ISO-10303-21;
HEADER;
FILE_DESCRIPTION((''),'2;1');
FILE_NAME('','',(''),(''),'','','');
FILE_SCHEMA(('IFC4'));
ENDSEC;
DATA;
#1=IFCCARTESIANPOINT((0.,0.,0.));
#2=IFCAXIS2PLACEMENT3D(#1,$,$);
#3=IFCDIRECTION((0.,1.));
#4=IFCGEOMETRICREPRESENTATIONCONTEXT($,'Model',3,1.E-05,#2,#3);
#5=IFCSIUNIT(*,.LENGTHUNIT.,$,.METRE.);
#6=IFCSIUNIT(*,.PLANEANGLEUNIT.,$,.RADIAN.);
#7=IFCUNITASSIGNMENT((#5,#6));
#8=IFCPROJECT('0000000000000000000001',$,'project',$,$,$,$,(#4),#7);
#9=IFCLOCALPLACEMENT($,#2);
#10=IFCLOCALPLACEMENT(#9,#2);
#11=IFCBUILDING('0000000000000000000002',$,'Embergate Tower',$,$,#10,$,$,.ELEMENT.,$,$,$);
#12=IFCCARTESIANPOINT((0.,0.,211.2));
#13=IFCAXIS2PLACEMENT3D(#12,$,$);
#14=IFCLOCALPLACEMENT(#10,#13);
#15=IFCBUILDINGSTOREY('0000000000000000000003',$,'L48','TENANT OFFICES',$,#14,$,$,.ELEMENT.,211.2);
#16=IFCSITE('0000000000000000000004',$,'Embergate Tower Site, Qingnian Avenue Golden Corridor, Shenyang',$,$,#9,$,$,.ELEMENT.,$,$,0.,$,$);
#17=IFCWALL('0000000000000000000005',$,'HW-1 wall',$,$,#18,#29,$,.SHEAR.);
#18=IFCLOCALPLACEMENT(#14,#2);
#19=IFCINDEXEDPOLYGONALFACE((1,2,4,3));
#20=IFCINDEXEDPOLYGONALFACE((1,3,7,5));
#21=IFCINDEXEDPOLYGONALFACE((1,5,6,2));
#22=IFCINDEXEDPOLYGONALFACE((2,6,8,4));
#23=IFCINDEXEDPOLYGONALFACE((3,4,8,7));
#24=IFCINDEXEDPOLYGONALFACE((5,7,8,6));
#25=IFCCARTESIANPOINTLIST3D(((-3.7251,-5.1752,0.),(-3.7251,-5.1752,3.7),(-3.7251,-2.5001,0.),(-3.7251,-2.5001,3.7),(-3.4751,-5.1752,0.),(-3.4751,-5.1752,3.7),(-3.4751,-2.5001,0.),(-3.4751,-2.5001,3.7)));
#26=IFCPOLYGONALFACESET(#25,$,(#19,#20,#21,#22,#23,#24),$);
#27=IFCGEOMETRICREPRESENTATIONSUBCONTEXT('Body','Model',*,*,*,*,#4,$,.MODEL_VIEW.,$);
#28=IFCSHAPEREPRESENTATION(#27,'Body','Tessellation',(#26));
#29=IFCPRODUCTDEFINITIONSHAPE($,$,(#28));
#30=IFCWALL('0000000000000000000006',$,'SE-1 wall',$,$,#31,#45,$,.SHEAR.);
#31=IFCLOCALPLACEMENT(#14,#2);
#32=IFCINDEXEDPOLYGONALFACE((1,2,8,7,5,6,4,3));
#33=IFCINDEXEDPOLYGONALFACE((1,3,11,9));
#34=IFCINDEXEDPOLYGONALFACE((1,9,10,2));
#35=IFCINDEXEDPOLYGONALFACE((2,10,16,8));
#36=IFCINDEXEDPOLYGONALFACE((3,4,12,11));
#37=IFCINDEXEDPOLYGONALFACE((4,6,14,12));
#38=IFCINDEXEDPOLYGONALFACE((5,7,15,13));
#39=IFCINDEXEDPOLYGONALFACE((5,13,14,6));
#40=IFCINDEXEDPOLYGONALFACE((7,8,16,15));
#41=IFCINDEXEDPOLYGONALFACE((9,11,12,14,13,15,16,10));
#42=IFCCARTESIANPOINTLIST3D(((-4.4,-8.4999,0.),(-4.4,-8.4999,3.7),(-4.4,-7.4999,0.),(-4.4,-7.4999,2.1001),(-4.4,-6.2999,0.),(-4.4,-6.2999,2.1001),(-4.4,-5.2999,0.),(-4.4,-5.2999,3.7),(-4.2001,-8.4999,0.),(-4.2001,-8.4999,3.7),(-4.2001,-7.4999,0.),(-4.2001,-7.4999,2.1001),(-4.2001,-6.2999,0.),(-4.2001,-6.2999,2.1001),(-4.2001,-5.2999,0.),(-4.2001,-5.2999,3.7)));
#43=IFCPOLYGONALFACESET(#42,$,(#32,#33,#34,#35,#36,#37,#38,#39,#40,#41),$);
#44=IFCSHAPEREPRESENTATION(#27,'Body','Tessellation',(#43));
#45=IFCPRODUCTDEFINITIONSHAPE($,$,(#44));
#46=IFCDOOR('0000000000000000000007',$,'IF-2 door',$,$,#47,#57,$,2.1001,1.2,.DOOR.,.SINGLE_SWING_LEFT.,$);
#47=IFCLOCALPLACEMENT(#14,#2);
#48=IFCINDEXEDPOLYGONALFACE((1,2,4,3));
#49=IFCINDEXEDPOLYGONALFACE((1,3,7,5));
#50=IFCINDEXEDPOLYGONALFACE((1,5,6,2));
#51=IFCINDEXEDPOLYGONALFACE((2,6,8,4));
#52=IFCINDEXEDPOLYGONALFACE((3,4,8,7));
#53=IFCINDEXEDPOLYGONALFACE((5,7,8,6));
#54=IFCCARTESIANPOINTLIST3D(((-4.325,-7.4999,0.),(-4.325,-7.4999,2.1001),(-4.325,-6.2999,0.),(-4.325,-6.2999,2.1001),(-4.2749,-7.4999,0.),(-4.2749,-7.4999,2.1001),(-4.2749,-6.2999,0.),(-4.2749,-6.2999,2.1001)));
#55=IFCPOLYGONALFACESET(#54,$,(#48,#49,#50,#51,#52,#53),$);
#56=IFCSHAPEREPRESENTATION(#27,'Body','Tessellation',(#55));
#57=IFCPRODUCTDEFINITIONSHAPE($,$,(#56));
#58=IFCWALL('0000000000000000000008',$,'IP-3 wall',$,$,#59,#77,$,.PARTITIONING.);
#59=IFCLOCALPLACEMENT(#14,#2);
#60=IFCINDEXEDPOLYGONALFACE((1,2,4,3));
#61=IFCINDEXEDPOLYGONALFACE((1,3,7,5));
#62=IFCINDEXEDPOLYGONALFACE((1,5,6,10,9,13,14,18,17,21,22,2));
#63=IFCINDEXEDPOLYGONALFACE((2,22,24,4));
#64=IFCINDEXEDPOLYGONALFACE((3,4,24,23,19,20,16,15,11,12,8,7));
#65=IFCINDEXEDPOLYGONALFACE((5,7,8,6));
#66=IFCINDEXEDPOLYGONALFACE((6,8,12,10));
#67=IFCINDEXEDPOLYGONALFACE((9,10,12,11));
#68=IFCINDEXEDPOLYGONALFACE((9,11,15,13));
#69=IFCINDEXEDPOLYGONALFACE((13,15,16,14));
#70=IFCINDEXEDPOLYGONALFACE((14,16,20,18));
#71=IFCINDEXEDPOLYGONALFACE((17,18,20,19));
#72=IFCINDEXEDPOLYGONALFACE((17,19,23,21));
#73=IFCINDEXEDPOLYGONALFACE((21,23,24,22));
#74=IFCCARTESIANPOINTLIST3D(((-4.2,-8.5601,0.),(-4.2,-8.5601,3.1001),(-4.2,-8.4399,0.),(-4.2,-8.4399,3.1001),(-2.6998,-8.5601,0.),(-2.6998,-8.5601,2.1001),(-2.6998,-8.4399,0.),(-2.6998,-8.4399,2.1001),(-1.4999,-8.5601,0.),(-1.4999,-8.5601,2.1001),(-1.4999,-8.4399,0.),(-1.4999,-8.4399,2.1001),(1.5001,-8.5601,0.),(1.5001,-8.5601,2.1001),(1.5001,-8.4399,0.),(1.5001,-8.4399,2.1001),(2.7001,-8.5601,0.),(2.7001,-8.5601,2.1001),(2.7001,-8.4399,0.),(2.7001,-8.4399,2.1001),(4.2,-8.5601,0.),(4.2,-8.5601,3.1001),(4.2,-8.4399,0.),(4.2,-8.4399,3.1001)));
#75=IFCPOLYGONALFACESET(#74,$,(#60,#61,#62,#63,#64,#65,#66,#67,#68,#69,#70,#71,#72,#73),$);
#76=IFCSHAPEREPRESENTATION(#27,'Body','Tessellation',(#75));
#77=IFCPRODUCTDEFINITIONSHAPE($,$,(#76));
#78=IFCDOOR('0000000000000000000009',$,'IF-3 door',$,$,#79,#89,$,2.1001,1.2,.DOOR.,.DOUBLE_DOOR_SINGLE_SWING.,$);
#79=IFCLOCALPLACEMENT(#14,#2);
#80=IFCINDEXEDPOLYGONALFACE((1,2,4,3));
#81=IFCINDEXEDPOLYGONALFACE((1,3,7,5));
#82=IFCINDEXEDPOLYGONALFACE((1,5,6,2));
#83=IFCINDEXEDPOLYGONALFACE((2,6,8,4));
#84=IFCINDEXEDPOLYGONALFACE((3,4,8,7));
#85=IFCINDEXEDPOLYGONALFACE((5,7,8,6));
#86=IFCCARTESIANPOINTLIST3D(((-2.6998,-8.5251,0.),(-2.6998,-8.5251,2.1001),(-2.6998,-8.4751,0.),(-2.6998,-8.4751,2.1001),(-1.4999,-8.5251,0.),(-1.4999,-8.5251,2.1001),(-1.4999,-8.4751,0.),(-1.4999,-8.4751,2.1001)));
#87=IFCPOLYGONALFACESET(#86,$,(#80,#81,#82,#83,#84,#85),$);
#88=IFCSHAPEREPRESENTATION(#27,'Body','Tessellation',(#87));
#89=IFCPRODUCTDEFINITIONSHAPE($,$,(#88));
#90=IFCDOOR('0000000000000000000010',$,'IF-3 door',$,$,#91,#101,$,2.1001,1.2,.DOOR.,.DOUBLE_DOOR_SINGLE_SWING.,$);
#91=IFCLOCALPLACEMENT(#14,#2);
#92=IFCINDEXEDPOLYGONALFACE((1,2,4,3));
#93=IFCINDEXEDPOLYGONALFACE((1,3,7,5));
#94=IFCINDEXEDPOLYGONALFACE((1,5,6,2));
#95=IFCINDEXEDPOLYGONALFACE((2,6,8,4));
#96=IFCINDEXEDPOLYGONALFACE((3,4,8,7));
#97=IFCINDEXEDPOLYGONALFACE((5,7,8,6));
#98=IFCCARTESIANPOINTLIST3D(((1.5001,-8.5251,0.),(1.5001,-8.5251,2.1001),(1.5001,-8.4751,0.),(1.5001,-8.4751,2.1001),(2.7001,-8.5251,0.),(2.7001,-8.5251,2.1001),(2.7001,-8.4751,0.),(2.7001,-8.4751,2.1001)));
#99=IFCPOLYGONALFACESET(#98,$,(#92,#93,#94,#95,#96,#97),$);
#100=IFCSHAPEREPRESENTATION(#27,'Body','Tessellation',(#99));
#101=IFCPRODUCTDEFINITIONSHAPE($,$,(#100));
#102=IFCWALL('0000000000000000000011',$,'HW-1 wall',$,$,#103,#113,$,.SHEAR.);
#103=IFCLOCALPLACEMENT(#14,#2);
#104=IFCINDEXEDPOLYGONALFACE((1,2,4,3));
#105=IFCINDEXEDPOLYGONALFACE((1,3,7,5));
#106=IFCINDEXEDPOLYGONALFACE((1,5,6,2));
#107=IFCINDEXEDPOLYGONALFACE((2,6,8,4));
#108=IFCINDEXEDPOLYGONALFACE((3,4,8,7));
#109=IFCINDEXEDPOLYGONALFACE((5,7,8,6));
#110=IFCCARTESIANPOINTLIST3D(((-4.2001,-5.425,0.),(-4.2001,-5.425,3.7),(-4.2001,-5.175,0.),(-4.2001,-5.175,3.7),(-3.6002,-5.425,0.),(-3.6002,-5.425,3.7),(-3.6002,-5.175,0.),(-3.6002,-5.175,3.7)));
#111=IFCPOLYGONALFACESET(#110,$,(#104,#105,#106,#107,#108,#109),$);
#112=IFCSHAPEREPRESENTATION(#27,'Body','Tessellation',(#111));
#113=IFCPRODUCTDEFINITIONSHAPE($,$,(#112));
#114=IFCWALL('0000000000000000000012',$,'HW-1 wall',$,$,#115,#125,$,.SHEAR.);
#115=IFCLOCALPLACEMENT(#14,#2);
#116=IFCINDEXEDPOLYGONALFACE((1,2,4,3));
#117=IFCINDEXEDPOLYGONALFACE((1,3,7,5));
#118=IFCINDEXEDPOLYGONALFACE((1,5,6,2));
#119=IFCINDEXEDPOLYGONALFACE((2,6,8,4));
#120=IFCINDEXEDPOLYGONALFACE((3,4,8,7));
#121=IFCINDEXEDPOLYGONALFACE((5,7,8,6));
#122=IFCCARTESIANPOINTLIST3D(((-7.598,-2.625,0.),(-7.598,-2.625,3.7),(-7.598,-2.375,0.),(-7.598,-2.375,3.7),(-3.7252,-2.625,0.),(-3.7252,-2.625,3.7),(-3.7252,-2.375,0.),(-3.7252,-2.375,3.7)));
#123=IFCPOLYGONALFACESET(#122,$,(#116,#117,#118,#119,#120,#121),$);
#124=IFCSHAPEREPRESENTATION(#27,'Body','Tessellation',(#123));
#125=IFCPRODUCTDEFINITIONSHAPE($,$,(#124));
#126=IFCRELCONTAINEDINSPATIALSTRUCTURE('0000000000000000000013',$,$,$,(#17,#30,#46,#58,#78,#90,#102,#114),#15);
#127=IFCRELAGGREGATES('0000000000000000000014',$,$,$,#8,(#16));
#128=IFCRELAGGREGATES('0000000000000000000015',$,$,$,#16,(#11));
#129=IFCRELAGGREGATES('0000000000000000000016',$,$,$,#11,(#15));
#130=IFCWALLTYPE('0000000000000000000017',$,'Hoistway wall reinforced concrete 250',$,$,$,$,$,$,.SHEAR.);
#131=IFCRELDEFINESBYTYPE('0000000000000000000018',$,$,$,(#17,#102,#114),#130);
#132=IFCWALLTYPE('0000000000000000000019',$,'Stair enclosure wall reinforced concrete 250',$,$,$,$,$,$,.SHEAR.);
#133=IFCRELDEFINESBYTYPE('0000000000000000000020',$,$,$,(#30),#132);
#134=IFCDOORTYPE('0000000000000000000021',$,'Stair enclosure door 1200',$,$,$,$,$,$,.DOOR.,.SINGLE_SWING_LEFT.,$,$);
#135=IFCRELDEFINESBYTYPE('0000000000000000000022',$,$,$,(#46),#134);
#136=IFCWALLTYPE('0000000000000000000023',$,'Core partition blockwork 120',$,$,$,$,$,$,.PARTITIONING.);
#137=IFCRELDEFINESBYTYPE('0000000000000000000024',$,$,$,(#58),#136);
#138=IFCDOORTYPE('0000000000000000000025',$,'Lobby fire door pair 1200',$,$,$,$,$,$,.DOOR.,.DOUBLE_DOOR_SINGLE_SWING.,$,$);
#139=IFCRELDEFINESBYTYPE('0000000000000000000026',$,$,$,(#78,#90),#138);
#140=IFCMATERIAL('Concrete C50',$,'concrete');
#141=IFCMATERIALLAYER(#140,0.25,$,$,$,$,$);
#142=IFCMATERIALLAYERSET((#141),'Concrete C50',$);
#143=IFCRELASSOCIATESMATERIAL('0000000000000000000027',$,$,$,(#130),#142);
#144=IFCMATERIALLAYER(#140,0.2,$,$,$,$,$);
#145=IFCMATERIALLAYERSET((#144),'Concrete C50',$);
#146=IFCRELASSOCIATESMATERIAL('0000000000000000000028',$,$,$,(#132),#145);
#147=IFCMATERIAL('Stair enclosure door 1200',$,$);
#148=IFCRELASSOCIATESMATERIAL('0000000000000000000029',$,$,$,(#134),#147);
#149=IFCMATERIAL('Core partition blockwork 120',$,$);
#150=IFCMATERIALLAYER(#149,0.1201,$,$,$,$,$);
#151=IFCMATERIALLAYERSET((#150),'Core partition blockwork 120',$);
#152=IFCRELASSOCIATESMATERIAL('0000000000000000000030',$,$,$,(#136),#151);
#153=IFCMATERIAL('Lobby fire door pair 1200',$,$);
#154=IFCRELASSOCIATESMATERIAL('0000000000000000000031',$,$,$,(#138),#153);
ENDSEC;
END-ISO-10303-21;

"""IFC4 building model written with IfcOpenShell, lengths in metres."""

from ifc_helpers import new_model, si_unit, direction, frame, frame_2d, origin, place, context, subcontext, project, spatial, rectangle, extrude, source, transform, mapped, material, layer, layer_set, type_object, element, fill, save


model = new_model("IFC4")

# Units and contexts
model_context = context("Model", 3, precision=1e-05, world=origin(), true_north=direction((0.0, 1.0)))
body_context = subcontext(model_context, "Body", "Model", "MODEL_VIEW")
ifc_project = project(units=[si_unit("LENGTHUNIT", "METRE"), si_unit("PLANEANGLEUNIT", "RADIAN")], contexts=[model_context])

# Site, building, storey
site_placement = place(None, origin())
site = spatial("IfcSite", under=ifc_project, at=site_placement, Name="Embergate Tower Site, Qingnian Avenue Golden Corridor, Shenyang", CompositionType="ELEMENT", RefElevation=0.0)
building_placement = place(site_placement, origin())
building = spatial("IfcBuilding", under=site, at=building_placement, Name="Embergate Tower", CompositionType="ELEMENT")
storey_placement = place(building_placement, frame((0.0, 0.0, 211.2)))
storey = spatial("IfcBuildingStorey", under=building, at=storey_placement, Name="L48", Description="TENANT OFFICES", CompositionType="ELEMENT", Elevation=211.2)

# Wall
ifc_material_1 = material(Name="Concrete C50", Category="concrete")
ifc_layer_1 = layer(ifc_material_1, 0.25)
ifc_layer_set_1 = layer_set([ifc_layer_1], Name="Concrete C50")
wall_type_1 = type_object("IfcWallType", Name="Hoistway wall reinforced concrete 250", PredefinedType="SHEAR", material=ifc_layer_set_1)
shared_shape_1 = source(origin(), body_context, "Body", "SweptSolid", [
    extrude(rectangle(XDim=2.675, YDim=0.25, at=frame_2d((1.3374, 0.0))), origin(), (0.0, 0.0, 1.0), 3.7),
])
wall_1_placement = place(storey_placement, frame((-3.6001, -5.175, 0.0), z_axis=(0.0, 0.0, 1.0), x_axis=(0.0, 1.0, 0.0)))
element("IfcWall", 1, at=wall_1_placement, inside=storey, type_object=wall_type_1, Name="HW-1 wall", PredefinedType="SHEAR", context=body_context, shape_type="MappedRepresentation", body=[
    mapped(shared_shape_1, transform((0.0, 0.0, 0.0))),
])

# Wall, opening, door
ifc_layer_2 = layer(ifc_material_1, 0.2)
ifc_layer_set_2 = layer_set([ifc_layer_2], Name="Concrete C50")
wall_type_2 = type_object("IfcWallType", Name="Stair enclosure wall reinforced concrete 250", PredefinedType="SHEAR", material=ifc_layer_set_2)
shared_shape_2 = source(origin(), body_context, "Body", "SweptSolid", [
    extrude(rectangle(XDim=3.2, YDim=0.2, at=frame_2d((1.6001, 0.0))), origin(), (0.0, 0.0, 1.0), 3.7),
])
wall_2_placement = place(storey_placement, frame((-4.3, -8.5, 0.0), z_axis=(0.0, 0.0, 1.0), x_axis=(0.0, 1.0, 0.0)))
wall_2 = element("IfcWall", 2, at=wall_2_placement, inside=storey, type_object=wall_type_2, Name="SE-1 wall", PredefinedType="SHEAR", context=body_context, shape_type="MappedRepresentation", body=[
    mapped(shared_shape_2, transform((0.0, 0.0, 0.0))),
])
shared_shape_3 = source(origin(), body_context, "Body", "SweptSolid", [
    extrude(rectangle(XDim=1.2, YDim=2.1001, at=frame_2d((0.6001, 1.05))), frame((0.0, 0.1099, 0.0), z_axis=(0.0, -1.0, 0.0), x_axis=(1.0, 0.0, 0.0)), (0.0, 0.0, 1.0), 0.22),
])
opening_1_placement = place(wall_2_placement, frame((1.0, 0.0, 0.0)))
opening_1 = element("IfcOpeningElement", 3, at=opening_1_placement, cuts=wall_2, PredefinedType="OPENING", context=body_context, shape_type="MappedRepresentation", body=[
    mapped(shared_shape_3, transform((0.0, 0.0, 0.0))),
])
ifc_material_2 = material(Name="Stair enclosure door 1200")
door_type_1 = type_object("IfcDoorType", Name="Stair enclosure door 1200", OperationType="SINGLE_SWING_LEFT", PredefinedType="DOOR", material=ifc_material_2)
shared_shape_4 = source(origin(), body_context, "Body", "SweptSolid", [
    extrude(rectangle(XDim=1.2, YDim=2.1001, at=frame_2d((0.6001, 1.05))), frame((0.0, 0.0249, 0.0), z_axis=(0.0, -1.0, 0.0), x_axis=(1.0, 0.0, 0.0)), (0.0, 0.0, 1.0), 0.05),
])
door_1_placement = place(opening_1_placement, origin())
door_1 = element("IfcDoor", 4, at=door_1_placement, inside=storey, type_object=door_type_1, Name="IF-2 door", OperationType="SINGLE_SWING_LEFT", OverallHeight=2.1001, OverallWidth=1.2, PredefinedType="DOOR", context=body_context, shape_type="MappedRepresentation", body=[
    mapped(shared_shape_4, transform((0.0, 0.0, 0.0))),
])
fill(opening_1, door_1)

# Wall, openings, doors
ifc_material_3 = material(Name="Core partition blockwork 120")
ifc_layer_3 = layer(ifc_material_3, 0.1201)
ifc_layer_set_3 = layer_set([ifc_layer_3], Name="Core partition blockwork 120")
wall_type_3 = type_object("IfcWallType", Name="Core partition blockwork 120", PredefinedType="PARTITIONING", material=ifc_layer_set_3)
shared_shape_5 = source(origin(), body_context, "Body", "SweptSolid", [
    extrude(rectangle(XDim=8.3999, YDim=0.1201, at=frame_2d((4.2, 0.0))), origin(), (0.0, 0.0, 1.0), 3.1001),
])
wall_3_placement = place(storey_placement, frame((-4.2, -8.5, 0.0), z_axis=(0.0, 0.0, 1.0), x_axis=(1.0, 0.0, 0.0)))
wall_3 = element("IfcWall", 5, at=wall_3_placement, inside=storey, type_object=wall_type_3, Name="IP-3 wall", PredefinedType="PARTITIONING", context=body_context, shape_type="MappedRepresentation", body=[
    mapped(shared_shape_5, transform((0.0, 0.0, 0.0))),
])
shared_shape_6 = source(origin(), body_context, "Body", "SweptSolid", [
    extrude(rectangle(XDim=1.2, YDim=2.1001, at=frame_2d((0.6001, 1.05))), frame((0.0, 0.0701, 0.0), z_axis=(0.0, -1.0, 0.0), x_axis=(1.0, 0.0, 0.0)), (0.0, 0.0, 1.0), 0.1401),
])
opening_2_placement = place(wall_3_placement, frame((1.5, 0.0, 0.0)))
opening_2 = element("IfcOpeningElement", 6, at=opening_2_placement, cuts=wall_3, PredefinedType="OPENING", context=body_context, shape_type="MappedRepresentation", body=[
    mapped(shared_shape_6, transform((0.0, 0.0, 0.0))),
])
opening_3_placement = place(wall_3_placement, frame((5.7, 0.0, 0.0)))
opening_3 = element("IfcOpeningElement", 7, at=opening_3_placement, cuts=wall_3, PredefinedType="OPENING", context=body_context, shape_type="MappedRepresentation", body=[
    mapped(shared_shape_6, transform((0.0, 0.0, 0.0))),
])
ifc_material_4 = material(Name="Lobby fire door pair 1200")
door_type_2 = type_object("IfcDoorType", Name="Lobby fire door pair 1200", OperationType="DOUBLE_DOOR_SINGLE_SWING", PredefinedType="DOOR", material=ifc_material_4)
door_2_placement = place(opening_2_placement, origin())
door_2 = element("IfcDoor", 8, at=door_2_placement, inside=storey, type_object=door_type_2, Name="IF-3 door", OperationType="DOUBLE_DOOR_SINGLE_SWING", OverallHeight=2.1001, OverallWidth=1.2, PredefinedType="DOOR", context=body_context, shape_type="MappedRepresentation", body=[
    mapped(shared_shape_4, transform((0.0, 0.0, 0.0))),
])
fill(opening_2, door_2)
door_3_placement = place(opening_3_placement, origin())
door_3 = element("IfcDoor", 9, at=door_3_placement, inside=storey, type_object=door_type_2, Name="IF-3 door", OperationType="DOUBLE_DOOR_SINGLE_SWING", OverallHeight=2.1001, OverallWidth=1.2, PredefinedType="DOOR", context=body_context, shape_type="MappedRepresentation", body=[
    mapped(shared_shape_4, transform((0.0, 0.0, 0.0))),
])
fill(opening_3, door_3)

# Walls
shared_shape_7 = source(origin(), body_context, "Body", "SweptSolid", [
    extrude(rectangle(XDim=0.5999, YDim=0.25, at=frame_2d((0.2998, 0.0))), origin(), (0.0, 0.0, 1.0), 3.7),
])
wall_4_placement = place(storey_placement, frame((-4.2, -5.3, 0.0), z_axis=(0.0, 0.0, 1.0), x_axis=(1.0, 0.0, 0.0)))
element("IfcWall", 10, at=wall_4_placement, inside=storey, type_object=wall_type_1, Name="HW-1 wall", PredefinedType="SHEAR", context=body_context, shape_type="MappedRepresentation", body=[
    mapped(shared_shape_7, transform((0.0, 0.0, 0.0))),
])
shared_shape_8 = source(origin(), body_context, "Body", "SweptSolid", [
    extrude(rectangle(XDim=3.8728, YDim=0.25, at=frame_2d((1.9365, 0.0))), origin(), (0.0, 0.0, 1.0), 3.7),
])
wall_5_placement = place(storey_placement, frame((-3.7251, -2.5, 0.0), z_axis=(0.0, 0.0, 1.0), x_axis=(-1.0, 0.0, 0.0)))
element("IfcWall", 11, at=wall_5_placement, inside=storey, type_object=wall_type_1, Name="HW-1 wall", PredefinedType="SHEAR", context=body_context, shape_type="MappedRepresentation", body=[
    mapped(shared_shape_8, transform((0.0, 0.0, 0.0))),
])

save(model, "model.ifc")
